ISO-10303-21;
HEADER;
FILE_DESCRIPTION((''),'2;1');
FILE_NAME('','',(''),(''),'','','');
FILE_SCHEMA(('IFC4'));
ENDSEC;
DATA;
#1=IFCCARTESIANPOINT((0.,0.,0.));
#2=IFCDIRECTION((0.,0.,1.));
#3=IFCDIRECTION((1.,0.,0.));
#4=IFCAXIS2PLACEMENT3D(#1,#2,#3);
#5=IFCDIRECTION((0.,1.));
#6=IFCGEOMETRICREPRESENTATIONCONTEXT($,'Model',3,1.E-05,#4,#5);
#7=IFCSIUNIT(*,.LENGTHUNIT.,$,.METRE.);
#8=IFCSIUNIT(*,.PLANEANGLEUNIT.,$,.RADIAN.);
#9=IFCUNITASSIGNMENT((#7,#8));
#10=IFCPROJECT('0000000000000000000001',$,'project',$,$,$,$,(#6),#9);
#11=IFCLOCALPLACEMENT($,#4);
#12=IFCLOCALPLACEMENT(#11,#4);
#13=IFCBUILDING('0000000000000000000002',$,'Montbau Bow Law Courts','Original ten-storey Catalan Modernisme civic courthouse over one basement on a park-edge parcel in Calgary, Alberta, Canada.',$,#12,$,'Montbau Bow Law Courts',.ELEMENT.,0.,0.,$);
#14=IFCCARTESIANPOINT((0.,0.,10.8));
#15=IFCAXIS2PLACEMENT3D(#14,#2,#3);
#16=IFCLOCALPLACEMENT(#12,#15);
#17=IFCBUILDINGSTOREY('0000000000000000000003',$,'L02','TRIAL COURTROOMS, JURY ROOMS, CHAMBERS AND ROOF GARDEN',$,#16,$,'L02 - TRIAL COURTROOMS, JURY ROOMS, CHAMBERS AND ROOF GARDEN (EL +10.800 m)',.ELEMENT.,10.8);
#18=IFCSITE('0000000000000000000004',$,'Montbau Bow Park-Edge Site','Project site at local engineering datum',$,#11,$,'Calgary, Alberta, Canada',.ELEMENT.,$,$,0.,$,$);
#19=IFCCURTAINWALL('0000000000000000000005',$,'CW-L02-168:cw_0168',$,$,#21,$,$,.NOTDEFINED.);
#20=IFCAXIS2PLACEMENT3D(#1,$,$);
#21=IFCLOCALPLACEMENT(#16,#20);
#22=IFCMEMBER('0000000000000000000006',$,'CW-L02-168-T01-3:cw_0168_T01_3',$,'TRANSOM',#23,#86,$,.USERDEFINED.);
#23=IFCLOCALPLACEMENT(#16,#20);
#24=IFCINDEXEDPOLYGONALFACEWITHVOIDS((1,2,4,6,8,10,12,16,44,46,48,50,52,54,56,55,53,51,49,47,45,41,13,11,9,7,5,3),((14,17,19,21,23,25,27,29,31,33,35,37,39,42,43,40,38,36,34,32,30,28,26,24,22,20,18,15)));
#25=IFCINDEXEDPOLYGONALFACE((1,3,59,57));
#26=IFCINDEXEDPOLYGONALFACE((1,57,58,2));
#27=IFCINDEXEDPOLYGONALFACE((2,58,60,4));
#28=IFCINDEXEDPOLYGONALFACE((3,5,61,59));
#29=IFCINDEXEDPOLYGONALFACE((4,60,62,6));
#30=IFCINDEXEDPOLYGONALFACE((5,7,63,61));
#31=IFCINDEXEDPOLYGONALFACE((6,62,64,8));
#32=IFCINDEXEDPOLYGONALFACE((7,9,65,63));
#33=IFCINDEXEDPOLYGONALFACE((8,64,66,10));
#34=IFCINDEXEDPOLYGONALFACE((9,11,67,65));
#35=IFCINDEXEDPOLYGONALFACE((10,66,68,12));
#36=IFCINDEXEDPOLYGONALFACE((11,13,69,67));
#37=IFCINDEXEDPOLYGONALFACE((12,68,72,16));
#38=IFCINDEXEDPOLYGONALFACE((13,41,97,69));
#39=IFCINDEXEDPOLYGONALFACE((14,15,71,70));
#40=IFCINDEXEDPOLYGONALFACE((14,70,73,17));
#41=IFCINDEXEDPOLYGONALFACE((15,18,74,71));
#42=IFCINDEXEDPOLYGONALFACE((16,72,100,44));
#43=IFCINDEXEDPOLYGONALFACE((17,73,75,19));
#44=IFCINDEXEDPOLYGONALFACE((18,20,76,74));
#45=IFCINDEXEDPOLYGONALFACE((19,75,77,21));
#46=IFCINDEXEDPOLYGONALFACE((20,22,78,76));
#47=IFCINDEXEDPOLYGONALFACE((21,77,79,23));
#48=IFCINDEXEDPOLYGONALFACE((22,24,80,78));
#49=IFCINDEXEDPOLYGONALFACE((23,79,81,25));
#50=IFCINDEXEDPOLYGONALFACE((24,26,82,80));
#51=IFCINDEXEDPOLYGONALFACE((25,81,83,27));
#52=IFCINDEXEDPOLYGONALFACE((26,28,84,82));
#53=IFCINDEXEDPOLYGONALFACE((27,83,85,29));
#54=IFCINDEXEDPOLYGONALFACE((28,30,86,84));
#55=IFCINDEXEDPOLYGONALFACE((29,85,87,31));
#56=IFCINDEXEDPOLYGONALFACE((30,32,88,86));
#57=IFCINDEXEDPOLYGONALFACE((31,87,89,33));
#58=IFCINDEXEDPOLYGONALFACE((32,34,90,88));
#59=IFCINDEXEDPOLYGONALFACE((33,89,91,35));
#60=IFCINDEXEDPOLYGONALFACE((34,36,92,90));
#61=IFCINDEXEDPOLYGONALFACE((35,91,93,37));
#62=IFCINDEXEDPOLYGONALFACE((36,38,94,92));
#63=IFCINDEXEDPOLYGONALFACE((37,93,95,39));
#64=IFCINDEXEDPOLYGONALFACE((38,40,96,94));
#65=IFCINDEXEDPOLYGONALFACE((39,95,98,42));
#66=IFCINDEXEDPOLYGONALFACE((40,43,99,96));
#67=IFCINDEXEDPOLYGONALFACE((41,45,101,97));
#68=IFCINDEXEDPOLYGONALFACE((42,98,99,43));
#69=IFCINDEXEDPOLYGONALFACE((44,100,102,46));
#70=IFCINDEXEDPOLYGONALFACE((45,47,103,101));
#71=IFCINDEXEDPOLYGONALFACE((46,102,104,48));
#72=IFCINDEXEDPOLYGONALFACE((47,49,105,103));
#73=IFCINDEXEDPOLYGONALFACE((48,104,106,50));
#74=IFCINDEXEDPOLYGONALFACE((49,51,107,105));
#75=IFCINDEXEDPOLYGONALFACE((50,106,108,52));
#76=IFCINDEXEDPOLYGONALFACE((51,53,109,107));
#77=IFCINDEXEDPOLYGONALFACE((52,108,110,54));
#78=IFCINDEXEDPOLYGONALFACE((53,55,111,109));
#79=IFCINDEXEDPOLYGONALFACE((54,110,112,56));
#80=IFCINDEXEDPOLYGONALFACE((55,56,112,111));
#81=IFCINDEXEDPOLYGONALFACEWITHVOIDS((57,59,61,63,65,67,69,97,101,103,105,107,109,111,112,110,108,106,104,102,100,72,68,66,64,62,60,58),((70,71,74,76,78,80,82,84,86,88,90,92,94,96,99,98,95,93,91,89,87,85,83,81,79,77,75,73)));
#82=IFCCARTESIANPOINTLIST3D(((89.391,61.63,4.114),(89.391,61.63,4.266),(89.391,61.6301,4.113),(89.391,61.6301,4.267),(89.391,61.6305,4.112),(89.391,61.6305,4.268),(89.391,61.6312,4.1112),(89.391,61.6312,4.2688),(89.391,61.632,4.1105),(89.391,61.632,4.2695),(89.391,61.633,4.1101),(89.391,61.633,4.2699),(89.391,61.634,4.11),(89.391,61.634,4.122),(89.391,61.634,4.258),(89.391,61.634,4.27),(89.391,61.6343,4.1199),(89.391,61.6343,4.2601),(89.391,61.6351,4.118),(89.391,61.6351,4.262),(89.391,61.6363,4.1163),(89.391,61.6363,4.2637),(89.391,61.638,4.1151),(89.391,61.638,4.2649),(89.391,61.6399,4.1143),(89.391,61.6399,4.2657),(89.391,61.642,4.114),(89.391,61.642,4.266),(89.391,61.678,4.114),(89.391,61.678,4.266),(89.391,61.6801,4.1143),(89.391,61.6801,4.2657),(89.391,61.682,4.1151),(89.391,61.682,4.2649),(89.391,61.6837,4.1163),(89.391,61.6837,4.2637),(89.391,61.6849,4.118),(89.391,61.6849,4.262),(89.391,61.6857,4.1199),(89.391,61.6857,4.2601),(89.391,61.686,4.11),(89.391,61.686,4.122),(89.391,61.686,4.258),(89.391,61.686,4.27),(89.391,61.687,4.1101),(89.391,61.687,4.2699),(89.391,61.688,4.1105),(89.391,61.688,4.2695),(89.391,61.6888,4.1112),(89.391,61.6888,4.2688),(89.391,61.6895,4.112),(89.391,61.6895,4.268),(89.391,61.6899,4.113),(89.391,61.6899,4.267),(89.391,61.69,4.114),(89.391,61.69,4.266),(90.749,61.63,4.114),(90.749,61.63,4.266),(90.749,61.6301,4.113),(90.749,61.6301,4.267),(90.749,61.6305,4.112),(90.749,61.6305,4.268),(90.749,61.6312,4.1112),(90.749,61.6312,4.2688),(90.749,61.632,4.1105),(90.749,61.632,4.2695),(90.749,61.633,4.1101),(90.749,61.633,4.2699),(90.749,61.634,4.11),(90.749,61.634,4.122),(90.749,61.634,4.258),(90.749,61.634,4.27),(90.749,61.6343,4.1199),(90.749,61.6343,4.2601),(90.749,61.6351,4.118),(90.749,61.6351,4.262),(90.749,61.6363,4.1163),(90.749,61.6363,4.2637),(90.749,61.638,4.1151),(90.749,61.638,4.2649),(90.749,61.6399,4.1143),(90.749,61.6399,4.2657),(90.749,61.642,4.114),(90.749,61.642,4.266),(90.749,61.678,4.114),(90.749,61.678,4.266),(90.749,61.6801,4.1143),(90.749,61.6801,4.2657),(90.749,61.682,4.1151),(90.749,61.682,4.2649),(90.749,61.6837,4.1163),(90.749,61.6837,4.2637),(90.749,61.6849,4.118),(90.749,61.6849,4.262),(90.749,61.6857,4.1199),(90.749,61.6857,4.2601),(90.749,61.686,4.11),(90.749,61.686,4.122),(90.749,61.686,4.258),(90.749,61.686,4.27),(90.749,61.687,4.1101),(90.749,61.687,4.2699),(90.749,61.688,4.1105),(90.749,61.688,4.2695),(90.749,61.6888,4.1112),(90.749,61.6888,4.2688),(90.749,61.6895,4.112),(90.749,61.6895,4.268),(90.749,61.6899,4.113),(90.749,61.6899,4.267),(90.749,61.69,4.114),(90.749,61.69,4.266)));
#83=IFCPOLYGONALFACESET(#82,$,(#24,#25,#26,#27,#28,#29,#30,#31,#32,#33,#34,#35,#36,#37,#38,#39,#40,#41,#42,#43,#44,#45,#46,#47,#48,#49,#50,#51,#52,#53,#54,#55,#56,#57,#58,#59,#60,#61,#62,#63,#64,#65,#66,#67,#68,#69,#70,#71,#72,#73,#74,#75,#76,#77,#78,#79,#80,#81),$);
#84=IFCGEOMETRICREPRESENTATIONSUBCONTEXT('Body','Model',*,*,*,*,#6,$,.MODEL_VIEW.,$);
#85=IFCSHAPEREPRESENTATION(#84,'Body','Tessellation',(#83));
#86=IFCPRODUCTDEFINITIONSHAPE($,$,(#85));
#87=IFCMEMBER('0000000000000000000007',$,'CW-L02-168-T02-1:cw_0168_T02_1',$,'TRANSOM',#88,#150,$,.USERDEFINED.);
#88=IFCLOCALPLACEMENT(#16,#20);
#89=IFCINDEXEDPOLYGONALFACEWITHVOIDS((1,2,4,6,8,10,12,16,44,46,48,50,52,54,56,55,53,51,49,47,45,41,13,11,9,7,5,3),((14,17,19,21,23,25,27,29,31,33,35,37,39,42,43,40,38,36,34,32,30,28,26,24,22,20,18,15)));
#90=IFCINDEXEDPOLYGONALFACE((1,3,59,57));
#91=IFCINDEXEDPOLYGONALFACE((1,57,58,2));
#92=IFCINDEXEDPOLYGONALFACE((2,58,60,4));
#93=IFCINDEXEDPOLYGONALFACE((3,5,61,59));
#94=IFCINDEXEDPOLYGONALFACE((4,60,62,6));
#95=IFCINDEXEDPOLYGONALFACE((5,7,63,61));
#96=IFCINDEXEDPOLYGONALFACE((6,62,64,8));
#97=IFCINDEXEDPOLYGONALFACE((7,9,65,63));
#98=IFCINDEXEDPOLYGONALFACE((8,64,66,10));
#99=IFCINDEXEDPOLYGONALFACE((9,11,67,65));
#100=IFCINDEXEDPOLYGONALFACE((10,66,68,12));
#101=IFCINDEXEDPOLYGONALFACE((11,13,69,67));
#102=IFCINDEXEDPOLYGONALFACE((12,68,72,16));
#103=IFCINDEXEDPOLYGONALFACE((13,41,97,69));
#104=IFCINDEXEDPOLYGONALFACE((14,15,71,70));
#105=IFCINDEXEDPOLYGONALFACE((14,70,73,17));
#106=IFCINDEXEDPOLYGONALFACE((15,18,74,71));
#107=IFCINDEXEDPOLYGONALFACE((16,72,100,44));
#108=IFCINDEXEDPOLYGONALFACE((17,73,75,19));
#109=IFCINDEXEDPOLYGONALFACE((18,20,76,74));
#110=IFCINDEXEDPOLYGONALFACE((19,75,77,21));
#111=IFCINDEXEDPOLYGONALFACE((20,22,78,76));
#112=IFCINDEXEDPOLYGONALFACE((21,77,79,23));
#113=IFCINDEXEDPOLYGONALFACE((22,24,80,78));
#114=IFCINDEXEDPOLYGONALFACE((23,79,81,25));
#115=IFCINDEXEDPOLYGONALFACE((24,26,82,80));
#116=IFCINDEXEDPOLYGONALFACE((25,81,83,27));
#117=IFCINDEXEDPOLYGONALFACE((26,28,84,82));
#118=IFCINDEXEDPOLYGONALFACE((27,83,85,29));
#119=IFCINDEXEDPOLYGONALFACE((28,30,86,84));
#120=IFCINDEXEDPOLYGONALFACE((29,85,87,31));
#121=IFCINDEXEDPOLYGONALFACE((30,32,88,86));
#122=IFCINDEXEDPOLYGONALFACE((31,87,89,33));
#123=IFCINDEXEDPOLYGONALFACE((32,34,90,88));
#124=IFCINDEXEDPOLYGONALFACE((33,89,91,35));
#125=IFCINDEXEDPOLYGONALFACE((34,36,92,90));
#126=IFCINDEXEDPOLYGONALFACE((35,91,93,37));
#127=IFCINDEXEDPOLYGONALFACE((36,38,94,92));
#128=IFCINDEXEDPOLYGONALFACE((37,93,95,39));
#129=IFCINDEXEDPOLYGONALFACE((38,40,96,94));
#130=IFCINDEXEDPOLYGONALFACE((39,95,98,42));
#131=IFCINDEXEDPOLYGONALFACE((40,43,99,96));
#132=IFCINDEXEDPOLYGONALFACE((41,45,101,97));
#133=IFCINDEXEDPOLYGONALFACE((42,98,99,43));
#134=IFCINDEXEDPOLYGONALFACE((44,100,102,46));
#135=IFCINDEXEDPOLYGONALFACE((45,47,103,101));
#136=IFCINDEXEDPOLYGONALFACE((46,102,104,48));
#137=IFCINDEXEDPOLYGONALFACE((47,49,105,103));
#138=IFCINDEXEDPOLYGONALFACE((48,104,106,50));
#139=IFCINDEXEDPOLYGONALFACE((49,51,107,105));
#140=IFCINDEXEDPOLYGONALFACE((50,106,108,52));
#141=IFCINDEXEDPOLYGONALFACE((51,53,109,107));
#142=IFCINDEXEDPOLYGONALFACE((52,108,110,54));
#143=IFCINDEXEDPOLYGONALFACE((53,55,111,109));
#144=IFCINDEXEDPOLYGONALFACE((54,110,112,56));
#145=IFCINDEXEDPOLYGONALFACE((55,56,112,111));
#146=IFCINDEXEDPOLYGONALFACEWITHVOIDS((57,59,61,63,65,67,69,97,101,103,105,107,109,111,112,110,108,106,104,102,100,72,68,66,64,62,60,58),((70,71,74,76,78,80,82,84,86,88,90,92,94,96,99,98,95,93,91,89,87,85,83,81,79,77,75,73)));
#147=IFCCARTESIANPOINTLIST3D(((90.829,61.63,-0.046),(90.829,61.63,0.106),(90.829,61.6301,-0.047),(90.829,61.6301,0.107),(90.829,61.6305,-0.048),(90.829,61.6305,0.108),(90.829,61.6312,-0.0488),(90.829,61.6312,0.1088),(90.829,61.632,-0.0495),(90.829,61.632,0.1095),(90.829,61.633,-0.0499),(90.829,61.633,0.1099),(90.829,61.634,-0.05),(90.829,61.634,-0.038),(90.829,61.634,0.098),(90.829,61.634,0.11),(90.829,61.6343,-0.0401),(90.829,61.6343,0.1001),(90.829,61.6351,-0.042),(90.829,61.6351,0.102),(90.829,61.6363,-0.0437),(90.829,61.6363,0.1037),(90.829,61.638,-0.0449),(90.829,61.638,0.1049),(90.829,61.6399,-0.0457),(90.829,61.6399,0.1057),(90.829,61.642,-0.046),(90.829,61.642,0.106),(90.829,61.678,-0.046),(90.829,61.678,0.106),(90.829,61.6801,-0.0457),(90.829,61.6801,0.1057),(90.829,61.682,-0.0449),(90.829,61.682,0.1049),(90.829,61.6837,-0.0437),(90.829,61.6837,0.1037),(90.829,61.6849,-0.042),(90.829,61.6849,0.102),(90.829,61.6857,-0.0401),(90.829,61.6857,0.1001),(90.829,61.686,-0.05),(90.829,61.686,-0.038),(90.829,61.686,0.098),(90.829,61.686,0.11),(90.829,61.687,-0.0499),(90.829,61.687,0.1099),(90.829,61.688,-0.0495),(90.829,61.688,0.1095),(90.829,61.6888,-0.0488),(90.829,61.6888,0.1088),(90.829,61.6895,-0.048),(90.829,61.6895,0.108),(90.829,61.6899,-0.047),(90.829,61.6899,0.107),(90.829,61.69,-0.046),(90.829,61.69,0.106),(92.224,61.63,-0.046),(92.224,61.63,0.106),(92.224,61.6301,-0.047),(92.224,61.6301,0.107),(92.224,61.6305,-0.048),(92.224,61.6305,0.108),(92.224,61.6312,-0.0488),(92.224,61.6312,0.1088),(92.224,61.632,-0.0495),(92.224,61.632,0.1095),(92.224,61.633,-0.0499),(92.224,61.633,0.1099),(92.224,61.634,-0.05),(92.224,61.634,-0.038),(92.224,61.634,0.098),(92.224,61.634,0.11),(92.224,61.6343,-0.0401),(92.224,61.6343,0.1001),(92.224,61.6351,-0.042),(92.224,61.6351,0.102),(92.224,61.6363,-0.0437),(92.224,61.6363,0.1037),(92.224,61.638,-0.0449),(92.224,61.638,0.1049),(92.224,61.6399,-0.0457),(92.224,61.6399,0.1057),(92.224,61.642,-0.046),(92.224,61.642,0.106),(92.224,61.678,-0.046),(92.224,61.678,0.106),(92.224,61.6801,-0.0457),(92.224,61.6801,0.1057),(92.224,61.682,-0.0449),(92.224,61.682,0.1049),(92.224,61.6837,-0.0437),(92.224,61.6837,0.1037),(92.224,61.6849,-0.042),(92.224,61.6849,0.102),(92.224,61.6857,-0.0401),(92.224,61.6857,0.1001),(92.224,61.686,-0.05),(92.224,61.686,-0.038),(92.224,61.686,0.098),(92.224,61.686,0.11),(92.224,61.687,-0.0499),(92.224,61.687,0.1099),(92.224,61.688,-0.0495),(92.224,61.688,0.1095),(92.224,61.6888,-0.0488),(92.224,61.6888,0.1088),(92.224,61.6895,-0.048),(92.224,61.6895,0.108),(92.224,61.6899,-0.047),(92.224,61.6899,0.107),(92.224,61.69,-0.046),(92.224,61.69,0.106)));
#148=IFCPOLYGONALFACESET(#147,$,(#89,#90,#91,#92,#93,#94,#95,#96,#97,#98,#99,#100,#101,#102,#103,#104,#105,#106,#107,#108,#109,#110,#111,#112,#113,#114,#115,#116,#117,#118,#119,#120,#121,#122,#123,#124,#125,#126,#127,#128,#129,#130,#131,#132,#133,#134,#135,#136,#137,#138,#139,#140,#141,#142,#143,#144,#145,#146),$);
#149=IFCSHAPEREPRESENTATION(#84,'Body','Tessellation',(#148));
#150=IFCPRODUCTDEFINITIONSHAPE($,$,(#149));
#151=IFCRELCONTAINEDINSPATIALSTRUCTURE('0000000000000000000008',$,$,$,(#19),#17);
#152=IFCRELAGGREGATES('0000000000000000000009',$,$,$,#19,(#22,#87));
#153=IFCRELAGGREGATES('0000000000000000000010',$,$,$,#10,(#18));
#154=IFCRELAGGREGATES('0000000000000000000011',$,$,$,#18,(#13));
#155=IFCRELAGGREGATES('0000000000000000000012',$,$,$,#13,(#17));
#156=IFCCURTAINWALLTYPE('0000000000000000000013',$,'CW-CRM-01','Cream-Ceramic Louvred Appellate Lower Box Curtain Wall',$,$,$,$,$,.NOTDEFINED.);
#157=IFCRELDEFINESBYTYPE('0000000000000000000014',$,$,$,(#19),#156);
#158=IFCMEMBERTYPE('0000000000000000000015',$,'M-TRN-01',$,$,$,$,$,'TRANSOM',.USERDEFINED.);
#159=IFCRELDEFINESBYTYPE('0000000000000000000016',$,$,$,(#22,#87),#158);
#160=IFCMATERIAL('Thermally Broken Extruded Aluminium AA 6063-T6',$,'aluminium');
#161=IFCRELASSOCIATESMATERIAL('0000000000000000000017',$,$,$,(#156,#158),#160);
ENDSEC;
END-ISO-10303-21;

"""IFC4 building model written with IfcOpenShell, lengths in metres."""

from ifc_helpers import new_model, si_unit, direction, frame, origin_with_axes, origin_2d_with_axis, place, context, subcontext, project, spatial, hollow_rectangle, extrude, material, material_profile, profile_set, type_object, element, aggregate, save


model = new_model("IFC4")

# Units and contexts
model_context = context("Model", 3, precision=1e-05, world=origin_with_axes(), true_north=direction((0.0, 1.0)))
body_context = subcontext(model_context, "Body", "Model", "MODEL_VIEW")
ifc_project = project(units=[si_unit("LENGTHUNIT", "METRE"), si_unit("PLANEANGLEUNIT", "RADIAN")], contexts=[model_context])

# Site, building, storey
site_placement = place(None, origin_with_axes())
site = spatial("IfcSite", under=ifc_project, at=site_placement, Name="Montbau Bow Park-Edge Site", Description="Project site at local engineering datum", LongName="Calgary, Alberta, Canada", CompositionType="ELEMENT", RefElevation=0.0)
building_placement = place(site_placement, origin_with_axes())
building = spatial("IfcBuilding", under=site, at=building_placement, Name="Montbau Bow Law Courts", Description="Original ten-storey Catalan Modernisme civic courthouse over one basement on a park-edge parcel in Calgary, Alberta, Canada.", LongName="Montbau Bow Law Courts", CompositionType="ELEMENT", ElevationOfRefHeight=0.0, ElevationOfTerrain=0.0)
storey_placement = place(building_placement, frame((0.0, 0.0, 10.8), z_axis=(0.0, 0.0, 1.0), x_axis=(1.0, 0.0, 0.0)))
storey = spatial("IfcBuildingStorey", under=building, at=storey_placement, Name="L02", Description="TRIAL COURTROOMS, JURY ROOMS, CHAMBERS AND ROOF GARDEN", LongName="L02 - TRIAL COURTROOMS, JURY ROOMS, CHAMBERS AND ROOF GARDEN (EL +10.800 m)", CompositionType="ELEMENT", Elevation=10.8)

# Curtain wall, members
ifc_material_1 = material(Name="Thermally Broken Extruded Aluminium AA 6063-T6", Category="aluminium")
curtain_wall_type = type_object("IfcCurtainWallType", Name="CW-CRM-01", Description="Cream-Ceramic Louvred Appellate Lower Box Curtain Wall", PredefinedType="NOTDEFINED", material=ifc_material_1)
curtain_wall_placement = place(None, frame((89.315, 61.66, 10.8), z_axis=(0.0, 0.0, 1.0), x_axis=(1.0, 0.0, 0.0)))
curtain_wall = element("IfcCurtainWall", 1, at=curtain_wall_placement, inside=storey, type_object=curtain_wall_type, Name="CW-L02-168:cw_0168", PredefinedType="NOTDEFINED")
ifc_material_profile_1 = material_profile(ifc_material_1, hollow_rectangle(XDim=0.06, YDim=0.16, WallThickness=0.004, InnerFilletRadius=0.008, OuterFilletRadius=0.004, at=origin_2d_with_axis()), Name="CWT-160X60", Category="Main", Priority=0)
ifc_profile_set_1 = profile_set([ifc_material_profile_1], Name="Thermally Broken Extruded Aluminium AA 6063-T6")
member_type_1 = type_object("IfcMemberType", Name="M-TRN-01", ElementType="TRANSOM", PredefinedType="USERDEFINED", material=ifc_profile_set_1)
member_1_placement = place(None, frame((89.391, 61.66, 14.99), z_axis=(1.0, 0.0, 0.0), x_axis=(0.0, 1.0, 0.0)))
member_1 = element("IfcMember", 2, at=member_1_placement, type_object=member_type_1, Name="CW-L02-168-T01-3:cw_0168_T01_3", ObjectType="TRANSOM", PredefinedType="USERDEFINED", context=body_context, shape_type="SweptSolid", body=[
    extrude(hollow_rectangle(XDim=0.06, YDim=0.16, WallThickness=0.004, InnerFilletRadius=0.008, OuterFilletRadius=0.004, at=origin_2d_with_axis()), origin_with_axes(), (0.0, 0.0, 1.0), 1.358),
])
member_2_placement = place(None, frame((90.829, 61.66, 10.83), z_axis=(1.0, 0.0, 0.0), x_axis=(0.0, 1.0, 0.0)))
member_2 = element("IfcMember", 3, at=member_2_placement, type_object=member_type_1, Name="CW-L02-168-T02-1:cw_0168_T02_1", ObjectType="TRANSOM", PredefinedType="USERDEFINED", context=body_context, shape_type="SweptSolid", body=[
    extrude(hollow_rectangle(XDim=0.06, YDim=0.16, WallThickness=0.004, InnerFilletRadius=0.008, OuterFilletRadius=0.004, at=origin_2d_with_axis()), origin_with_axes(), (0.0, 0.0, 1.0), 1.395),
])
aggregate(curtain_wall, [member_1, member_2])

save(model, "model.ifc")
